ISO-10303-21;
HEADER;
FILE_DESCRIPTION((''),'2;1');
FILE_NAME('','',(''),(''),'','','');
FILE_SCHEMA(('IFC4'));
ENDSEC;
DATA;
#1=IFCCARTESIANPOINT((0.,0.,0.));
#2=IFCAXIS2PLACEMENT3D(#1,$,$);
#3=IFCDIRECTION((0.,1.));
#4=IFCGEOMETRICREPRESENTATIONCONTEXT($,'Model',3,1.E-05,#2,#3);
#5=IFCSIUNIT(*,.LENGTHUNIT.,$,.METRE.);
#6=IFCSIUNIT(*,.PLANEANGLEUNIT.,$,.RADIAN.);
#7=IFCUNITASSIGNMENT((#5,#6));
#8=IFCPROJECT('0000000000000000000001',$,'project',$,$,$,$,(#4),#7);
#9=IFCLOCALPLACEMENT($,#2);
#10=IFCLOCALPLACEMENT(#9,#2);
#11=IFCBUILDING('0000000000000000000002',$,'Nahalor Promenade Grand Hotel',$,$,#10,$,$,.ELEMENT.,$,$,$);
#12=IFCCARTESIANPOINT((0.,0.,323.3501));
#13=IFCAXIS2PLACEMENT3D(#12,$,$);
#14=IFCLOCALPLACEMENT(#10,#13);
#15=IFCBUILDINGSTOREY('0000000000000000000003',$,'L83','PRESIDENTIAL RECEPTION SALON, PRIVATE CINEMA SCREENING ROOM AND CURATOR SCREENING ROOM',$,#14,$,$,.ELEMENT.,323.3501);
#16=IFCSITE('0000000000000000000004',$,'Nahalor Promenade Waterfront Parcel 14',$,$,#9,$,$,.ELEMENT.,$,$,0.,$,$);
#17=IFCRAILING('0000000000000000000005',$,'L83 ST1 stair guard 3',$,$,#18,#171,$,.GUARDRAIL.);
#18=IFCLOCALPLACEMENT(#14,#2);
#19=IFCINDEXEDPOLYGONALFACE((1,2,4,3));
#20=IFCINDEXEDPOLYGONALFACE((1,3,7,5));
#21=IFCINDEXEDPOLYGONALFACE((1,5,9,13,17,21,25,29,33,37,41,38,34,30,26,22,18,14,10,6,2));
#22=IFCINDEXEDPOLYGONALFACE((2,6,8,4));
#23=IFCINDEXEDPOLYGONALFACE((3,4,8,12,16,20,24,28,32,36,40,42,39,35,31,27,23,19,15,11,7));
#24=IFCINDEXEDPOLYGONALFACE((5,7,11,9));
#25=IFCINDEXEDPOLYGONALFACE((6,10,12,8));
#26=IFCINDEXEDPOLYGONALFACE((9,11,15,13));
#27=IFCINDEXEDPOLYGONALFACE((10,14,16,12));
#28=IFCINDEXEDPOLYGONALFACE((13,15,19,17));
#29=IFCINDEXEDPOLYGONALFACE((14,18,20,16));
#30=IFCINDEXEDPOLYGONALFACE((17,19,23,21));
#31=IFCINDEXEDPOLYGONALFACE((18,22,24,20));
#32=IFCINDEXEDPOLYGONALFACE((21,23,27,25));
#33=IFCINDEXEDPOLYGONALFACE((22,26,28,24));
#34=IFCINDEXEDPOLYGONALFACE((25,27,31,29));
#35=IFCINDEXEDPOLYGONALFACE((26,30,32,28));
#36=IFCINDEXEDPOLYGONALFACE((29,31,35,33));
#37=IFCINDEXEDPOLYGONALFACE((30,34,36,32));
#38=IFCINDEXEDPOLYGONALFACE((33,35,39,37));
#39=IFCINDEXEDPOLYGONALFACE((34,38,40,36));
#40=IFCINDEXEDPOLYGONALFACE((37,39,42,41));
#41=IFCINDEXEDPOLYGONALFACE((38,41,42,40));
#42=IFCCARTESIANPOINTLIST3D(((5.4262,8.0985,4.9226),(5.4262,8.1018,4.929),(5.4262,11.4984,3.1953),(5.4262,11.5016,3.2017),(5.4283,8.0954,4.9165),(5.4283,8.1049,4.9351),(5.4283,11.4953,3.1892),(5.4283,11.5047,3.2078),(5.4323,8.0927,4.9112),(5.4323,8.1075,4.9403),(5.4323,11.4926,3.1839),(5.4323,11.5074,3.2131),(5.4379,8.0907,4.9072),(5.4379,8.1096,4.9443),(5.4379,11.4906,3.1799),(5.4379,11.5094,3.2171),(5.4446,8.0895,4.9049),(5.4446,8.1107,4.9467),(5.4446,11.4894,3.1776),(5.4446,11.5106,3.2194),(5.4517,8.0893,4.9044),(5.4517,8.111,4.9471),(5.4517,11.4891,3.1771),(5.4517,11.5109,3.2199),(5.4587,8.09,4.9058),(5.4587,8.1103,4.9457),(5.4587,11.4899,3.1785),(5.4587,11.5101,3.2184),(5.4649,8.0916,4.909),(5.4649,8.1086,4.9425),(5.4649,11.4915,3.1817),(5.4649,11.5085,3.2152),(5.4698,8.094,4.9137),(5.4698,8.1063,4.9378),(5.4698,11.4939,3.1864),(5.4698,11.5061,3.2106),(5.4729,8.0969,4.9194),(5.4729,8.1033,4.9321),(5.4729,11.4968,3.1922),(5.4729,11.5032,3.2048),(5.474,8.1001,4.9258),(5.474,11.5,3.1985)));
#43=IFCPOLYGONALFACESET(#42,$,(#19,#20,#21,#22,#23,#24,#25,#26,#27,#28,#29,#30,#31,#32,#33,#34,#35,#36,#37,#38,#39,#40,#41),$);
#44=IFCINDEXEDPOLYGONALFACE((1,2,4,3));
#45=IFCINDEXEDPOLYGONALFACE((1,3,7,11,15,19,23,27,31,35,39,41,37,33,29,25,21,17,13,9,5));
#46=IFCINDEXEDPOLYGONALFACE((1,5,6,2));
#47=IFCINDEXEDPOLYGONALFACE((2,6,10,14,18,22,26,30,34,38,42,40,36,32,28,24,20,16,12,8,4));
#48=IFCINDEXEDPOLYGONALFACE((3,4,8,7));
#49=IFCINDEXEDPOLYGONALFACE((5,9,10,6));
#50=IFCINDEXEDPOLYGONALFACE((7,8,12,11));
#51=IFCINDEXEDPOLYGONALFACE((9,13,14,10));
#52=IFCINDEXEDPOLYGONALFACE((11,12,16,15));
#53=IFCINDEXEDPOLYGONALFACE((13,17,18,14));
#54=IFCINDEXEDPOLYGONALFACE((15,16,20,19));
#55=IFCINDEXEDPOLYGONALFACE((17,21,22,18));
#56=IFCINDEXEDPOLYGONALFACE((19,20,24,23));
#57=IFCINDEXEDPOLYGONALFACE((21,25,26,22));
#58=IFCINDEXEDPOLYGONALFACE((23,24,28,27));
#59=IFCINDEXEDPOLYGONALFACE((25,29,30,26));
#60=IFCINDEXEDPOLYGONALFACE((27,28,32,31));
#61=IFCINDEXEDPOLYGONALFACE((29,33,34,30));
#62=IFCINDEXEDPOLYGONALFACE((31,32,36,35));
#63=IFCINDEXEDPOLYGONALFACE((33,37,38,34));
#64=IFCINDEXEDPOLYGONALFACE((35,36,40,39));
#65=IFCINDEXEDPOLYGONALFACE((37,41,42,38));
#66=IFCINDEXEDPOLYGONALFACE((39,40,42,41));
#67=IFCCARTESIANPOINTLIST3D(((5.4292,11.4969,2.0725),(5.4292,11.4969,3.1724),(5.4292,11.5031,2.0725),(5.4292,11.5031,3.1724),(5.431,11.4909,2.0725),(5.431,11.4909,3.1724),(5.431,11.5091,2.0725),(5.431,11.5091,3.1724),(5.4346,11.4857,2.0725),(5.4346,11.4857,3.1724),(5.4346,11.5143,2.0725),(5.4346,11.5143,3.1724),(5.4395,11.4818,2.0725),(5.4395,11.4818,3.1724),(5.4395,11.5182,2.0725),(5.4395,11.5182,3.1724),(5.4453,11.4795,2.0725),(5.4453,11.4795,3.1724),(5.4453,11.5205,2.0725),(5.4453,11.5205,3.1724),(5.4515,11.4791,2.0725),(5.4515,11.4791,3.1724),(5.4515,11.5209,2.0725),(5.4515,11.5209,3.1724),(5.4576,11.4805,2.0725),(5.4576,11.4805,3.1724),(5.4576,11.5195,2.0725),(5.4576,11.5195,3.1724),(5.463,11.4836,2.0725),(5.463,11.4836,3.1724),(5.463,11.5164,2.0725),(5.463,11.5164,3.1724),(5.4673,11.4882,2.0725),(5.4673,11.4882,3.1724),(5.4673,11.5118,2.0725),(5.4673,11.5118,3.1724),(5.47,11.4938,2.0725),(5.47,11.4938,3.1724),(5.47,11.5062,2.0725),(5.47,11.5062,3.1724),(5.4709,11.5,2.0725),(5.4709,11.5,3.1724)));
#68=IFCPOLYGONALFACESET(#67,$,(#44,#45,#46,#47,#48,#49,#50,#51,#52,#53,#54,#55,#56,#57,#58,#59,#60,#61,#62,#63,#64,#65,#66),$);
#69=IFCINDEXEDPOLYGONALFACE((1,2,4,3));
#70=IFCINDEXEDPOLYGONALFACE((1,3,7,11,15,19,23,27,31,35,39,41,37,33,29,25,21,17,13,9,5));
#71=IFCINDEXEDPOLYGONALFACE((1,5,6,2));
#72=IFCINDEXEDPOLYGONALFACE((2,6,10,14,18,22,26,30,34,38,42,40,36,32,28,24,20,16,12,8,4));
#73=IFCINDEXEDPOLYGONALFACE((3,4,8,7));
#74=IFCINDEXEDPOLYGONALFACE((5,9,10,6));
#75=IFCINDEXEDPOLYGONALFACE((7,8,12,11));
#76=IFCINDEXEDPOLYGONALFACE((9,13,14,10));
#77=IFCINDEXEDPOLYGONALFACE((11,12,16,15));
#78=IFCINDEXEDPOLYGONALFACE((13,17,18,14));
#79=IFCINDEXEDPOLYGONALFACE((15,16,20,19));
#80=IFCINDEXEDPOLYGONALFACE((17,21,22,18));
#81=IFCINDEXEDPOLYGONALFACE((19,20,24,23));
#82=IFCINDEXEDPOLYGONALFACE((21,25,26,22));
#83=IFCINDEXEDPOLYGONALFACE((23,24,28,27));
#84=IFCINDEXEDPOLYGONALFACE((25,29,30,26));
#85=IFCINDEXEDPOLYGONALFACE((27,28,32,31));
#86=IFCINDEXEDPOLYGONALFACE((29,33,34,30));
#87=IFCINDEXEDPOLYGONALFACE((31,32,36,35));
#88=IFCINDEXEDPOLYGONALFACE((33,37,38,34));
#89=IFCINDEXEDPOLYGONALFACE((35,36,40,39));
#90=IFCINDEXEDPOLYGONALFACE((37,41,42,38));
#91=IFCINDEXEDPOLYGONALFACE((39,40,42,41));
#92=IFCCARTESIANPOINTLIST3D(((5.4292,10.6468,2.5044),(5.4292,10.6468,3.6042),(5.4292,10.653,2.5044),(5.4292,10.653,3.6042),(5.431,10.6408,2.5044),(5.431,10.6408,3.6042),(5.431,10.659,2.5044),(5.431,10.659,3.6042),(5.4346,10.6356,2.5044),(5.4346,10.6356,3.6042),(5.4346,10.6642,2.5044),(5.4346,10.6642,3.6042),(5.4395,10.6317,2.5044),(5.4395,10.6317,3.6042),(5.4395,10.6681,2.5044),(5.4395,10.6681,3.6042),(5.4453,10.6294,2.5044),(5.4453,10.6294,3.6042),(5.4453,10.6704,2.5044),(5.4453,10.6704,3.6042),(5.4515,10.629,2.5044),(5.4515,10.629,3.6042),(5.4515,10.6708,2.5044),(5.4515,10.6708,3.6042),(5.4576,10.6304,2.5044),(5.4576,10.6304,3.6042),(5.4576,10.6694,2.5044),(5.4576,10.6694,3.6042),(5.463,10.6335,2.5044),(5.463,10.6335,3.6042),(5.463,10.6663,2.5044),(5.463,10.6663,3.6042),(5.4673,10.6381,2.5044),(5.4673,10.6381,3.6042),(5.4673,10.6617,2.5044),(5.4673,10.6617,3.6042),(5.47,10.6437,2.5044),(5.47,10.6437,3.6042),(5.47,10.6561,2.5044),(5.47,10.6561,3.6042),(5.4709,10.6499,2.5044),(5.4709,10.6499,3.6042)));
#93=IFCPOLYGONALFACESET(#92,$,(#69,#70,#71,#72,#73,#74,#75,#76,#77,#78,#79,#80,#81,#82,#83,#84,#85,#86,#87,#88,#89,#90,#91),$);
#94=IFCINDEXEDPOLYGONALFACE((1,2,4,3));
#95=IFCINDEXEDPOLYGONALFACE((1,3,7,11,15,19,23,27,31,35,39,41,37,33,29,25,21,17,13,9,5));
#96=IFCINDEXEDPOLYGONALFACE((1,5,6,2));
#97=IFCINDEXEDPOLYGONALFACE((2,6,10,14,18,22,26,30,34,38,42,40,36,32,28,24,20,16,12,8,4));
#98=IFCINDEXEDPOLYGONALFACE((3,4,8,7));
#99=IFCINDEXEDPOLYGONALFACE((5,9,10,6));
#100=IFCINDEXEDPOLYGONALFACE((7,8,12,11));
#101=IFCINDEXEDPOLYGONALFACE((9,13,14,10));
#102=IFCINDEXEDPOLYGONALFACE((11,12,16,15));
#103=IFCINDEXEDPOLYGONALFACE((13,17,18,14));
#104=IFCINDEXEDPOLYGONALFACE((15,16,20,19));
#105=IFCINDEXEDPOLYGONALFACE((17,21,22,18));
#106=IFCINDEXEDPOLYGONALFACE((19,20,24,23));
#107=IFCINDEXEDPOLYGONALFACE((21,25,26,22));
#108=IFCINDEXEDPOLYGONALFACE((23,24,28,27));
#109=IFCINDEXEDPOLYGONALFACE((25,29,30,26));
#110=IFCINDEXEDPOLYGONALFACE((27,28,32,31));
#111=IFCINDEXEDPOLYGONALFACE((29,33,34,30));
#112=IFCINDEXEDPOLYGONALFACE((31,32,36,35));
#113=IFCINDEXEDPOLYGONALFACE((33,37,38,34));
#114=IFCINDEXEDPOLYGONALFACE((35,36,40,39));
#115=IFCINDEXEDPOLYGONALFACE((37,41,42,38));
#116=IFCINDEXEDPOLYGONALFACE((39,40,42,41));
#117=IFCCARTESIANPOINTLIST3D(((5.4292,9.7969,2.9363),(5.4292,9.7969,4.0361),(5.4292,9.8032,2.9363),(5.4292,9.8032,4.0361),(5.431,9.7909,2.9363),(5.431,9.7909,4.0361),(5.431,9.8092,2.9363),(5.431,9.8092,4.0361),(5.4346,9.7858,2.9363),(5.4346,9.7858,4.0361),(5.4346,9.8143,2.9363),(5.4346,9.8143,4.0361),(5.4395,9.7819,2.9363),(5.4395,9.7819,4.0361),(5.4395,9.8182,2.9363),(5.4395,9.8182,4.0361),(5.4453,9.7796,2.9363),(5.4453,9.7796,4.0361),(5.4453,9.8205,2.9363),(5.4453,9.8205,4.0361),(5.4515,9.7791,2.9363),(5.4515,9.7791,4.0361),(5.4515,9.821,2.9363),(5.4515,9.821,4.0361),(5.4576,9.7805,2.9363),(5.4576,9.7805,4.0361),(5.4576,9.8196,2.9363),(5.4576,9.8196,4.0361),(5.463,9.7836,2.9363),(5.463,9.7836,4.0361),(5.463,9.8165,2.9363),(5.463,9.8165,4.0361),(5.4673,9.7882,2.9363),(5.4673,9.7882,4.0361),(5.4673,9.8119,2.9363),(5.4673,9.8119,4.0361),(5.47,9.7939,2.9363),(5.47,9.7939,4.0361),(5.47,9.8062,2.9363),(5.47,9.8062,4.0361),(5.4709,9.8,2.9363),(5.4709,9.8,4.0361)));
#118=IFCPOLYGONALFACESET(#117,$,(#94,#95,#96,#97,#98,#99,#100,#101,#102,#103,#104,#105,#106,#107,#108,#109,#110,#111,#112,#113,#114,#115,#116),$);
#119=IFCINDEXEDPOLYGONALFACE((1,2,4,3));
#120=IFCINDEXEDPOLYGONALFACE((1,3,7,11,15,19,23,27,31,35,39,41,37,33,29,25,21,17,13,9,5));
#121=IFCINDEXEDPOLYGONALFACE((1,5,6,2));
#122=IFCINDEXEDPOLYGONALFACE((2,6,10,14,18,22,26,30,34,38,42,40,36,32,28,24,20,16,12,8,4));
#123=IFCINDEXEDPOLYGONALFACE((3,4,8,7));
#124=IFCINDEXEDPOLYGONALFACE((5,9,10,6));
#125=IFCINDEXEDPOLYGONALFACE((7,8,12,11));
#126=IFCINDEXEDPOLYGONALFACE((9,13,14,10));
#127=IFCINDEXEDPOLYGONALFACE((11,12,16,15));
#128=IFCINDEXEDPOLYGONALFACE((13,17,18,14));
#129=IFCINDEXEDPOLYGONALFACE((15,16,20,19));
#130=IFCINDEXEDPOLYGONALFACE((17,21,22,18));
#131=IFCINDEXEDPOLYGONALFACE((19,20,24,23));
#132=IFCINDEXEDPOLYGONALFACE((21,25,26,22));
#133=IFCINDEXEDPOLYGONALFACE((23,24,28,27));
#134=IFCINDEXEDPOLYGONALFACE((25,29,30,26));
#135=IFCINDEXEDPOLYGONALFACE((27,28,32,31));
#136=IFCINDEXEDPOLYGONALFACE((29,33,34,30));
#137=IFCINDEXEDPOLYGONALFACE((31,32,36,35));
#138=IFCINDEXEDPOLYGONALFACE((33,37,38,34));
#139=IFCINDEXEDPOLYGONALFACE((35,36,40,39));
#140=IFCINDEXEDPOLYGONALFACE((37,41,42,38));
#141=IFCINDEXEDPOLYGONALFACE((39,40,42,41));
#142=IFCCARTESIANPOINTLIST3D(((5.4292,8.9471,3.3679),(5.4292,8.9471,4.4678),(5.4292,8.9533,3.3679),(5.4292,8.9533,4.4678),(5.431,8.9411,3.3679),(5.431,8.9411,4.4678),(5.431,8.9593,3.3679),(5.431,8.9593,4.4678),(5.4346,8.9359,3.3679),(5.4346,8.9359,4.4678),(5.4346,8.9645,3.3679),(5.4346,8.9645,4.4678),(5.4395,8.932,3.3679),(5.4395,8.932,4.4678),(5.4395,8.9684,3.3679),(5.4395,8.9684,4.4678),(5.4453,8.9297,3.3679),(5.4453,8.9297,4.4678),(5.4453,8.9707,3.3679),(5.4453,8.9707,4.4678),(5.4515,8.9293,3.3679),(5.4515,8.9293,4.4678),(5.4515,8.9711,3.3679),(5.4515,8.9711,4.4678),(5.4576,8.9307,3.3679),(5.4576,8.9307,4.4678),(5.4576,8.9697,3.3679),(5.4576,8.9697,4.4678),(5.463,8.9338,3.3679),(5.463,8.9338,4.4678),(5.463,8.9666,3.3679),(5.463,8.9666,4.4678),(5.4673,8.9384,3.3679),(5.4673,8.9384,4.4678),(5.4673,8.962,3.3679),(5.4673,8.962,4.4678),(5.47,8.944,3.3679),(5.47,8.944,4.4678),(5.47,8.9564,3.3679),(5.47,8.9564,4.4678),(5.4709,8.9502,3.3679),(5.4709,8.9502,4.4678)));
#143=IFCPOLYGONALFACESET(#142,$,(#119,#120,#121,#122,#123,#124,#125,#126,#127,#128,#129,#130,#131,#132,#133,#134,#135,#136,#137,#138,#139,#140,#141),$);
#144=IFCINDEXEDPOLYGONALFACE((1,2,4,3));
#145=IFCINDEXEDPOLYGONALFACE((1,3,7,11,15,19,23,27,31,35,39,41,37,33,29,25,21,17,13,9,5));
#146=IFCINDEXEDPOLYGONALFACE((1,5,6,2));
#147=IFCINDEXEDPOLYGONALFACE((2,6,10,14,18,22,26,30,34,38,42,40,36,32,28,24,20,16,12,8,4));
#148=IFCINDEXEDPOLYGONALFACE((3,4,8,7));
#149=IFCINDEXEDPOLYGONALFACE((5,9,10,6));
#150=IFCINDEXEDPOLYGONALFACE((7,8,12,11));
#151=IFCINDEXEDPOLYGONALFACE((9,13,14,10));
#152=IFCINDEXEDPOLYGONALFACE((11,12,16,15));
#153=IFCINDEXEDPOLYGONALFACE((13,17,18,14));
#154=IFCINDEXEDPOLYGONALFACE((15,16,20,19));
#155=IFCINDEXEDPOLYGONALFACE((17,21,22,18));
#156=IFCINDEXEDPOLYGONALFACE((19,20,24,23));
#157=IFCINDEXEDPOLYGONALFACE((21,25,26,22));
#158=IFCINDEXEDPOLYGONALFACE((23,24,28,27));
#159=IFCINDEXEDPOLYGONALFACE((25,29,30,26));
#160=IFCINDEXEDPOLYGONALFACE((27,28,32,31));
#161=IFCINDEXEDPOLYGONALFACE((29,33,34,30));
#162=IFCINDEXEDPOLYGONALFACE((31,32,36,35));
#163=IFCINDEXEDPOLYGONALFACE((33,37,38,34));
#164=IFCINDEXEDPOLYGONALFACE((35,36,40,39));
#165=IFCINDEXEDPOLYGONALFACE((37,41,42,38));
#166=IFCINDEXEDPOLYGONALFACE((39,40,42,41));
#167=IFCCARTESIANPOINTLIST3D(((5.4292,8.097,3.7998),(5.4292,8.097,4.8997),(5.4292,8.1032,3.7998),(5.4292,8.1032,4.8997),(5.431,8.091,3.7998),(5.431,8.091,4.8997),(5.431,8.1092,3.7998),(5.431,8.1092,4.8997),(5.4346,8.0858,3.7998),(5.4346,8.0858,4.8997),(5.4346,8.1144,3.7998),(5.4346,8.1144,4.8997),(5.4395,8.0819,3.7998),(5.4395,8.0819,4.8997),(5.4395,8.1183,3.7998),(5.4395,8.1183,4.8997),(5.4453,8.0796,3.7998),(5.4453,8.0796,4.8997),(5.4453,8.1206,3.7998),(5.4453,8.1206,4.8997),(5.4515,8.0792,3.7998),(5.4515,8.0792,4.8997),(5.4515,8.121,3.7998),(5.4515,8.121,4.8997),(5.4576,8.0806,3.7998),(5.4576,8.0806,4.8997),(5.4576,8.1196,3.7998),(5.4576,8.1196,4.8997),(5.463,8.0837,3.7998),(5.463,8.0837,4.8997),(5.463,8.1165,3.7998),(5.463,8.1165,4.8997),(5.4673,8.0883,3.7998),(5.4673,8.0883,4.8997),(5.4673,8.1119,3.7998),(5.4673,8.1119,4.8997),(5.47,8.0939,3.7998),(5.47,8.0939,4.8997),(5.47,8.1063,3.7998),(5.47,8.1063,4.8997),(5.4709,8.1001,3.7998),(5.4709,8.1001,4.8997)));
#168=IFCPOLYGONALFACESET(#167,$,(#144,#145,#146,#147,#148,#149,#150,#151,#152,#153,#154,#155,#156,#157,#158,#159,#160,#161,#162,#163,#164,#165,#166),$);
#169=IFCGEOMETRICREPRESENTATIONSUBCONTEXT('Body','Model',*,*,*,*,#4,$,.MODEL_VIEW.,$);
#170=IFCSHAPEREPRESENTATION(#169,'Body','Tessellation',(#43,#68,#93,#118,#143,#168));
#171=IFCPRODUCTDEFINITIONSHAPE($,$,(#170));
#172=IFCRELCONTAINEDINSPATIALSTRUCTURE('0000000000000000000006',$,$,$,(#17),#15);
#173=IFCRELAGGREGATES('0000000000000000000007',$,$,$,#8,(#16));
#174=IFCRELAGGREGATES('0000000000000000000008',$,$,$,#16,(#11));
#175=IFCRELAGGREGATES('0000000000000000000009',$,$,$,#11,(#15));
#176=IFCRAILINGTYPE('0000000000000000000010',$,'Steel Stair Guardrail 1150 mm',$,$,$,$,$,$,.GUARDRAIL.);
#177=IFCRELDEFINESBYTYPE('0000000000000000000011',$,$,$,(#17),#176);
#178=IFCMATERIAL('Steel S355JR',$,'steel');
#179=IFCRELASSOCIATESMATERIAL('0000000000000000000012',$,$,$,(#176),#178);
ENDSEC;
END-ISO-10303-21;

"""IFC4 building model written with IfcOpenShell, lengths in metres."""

from ifc_helpers import new_model, si_unit, direction, frame, origin, origin_2d, place, context, subcontext, project, spatial, circle, extrude, material, type_object, element, save


model = new_model("IFC4")

# Units and contexts
model_context = context("Model", 3, precision=1e-05, world=origin(), true_north=direction((0.0, 1.0)))
body_context = subcontext(model_context, "Body", "Model", "MODEL_VIEW")
ifc_project = project(units=[si_unit("LENGTHUNIT", "METRE"), si_unit("PLANEANGLEUNIT", "RADIAN")], contexts=[model_context])

# Site, building, storey
site_placement = place(None, origin())
site = spatial("IfcSite", under=ifc_project, at=site_placement, Name="Nahalor Promenade Waterfront Parcel 14", CompositionType="ELEMENT", RefElevation=0.0)
building_placement = place(site_placement, origin())
building = spatial("IfcBuilding", under=site, at=building_placement, Name="Nahalor Promenade Grand Hotel", CompositionType="ELEMENT")
storey_placement = place(building_placement, frame((0.0, 0.0, 323.3501)))
storey = spatial("IfcBuildingStorey", under=building, at=storey_placement, Name="L83", Description="PRESIDENTIAL RECEPTION SALON, PRIVATE CINEMA SCREENING ROOM AND CURATOR SCREENING ROOM", CompositionType="ELEMENT", Elevation=323.3501)

# Shared definitions
ifc_material_1 = material(Name="Steel S355JR", Category="steel")

# Railing
railing_type_1 = type_object("IfcRailingType", Name="Steel Stair Guardrail 1150 mm", PredefinedType="GUARDRAIL", material=ifc_material_1)
railing_1_placement = place(storey_placement, frame((5.45, 11.5, 2.0725)))
element("IfcRailing", 1, at=railing_1_placement, inside=storey, type_object=railing_type_1, Name="L83 ST1 stair guard 3", PredefinedType="GUARDRAIL", context=body_context, shape_type="SweptSolid", body=[
    extrude(circle(Radius=0.024, at=origin_2d()), frame((0.0, 0.0, 1.126), z_axis=(0.0, -0.891541, 0.452941), x_axis=(1.0, 0.0, 0.0)), (0.0, 0.0, 1.0), 3.8135),
    extrude(circle(Radius=0.021, at=origin_2d()), origin(), (0.0, 0.0, 1.0), 1.0999),
    extrude(circle(Radius=0.021, at=origin_2d()), frame((0.0, -0.8501, 0.4319)), (0.0, 0.0, 1.0), 1.0999),
    extrude(circle(Radius=0.021, at=origin_2d()), frame((0.0, -1.7, 0.8638)), (0.0, 0.0, 1.0), 1.0999),
    extrude(circle(Radius=0.021, at=origin_2d()), frame((0.0, -2.5498, 1.2954)), (0.0, 0.0, 1.0), 1.0999),
    extrude(circle(Radius=0.021, at=origin_2d()), frame((0.0, -3.3999, 1.7273)), (0.0, 0.0, 1.0), 1.0999),
])

save(model, "model.ifc")
